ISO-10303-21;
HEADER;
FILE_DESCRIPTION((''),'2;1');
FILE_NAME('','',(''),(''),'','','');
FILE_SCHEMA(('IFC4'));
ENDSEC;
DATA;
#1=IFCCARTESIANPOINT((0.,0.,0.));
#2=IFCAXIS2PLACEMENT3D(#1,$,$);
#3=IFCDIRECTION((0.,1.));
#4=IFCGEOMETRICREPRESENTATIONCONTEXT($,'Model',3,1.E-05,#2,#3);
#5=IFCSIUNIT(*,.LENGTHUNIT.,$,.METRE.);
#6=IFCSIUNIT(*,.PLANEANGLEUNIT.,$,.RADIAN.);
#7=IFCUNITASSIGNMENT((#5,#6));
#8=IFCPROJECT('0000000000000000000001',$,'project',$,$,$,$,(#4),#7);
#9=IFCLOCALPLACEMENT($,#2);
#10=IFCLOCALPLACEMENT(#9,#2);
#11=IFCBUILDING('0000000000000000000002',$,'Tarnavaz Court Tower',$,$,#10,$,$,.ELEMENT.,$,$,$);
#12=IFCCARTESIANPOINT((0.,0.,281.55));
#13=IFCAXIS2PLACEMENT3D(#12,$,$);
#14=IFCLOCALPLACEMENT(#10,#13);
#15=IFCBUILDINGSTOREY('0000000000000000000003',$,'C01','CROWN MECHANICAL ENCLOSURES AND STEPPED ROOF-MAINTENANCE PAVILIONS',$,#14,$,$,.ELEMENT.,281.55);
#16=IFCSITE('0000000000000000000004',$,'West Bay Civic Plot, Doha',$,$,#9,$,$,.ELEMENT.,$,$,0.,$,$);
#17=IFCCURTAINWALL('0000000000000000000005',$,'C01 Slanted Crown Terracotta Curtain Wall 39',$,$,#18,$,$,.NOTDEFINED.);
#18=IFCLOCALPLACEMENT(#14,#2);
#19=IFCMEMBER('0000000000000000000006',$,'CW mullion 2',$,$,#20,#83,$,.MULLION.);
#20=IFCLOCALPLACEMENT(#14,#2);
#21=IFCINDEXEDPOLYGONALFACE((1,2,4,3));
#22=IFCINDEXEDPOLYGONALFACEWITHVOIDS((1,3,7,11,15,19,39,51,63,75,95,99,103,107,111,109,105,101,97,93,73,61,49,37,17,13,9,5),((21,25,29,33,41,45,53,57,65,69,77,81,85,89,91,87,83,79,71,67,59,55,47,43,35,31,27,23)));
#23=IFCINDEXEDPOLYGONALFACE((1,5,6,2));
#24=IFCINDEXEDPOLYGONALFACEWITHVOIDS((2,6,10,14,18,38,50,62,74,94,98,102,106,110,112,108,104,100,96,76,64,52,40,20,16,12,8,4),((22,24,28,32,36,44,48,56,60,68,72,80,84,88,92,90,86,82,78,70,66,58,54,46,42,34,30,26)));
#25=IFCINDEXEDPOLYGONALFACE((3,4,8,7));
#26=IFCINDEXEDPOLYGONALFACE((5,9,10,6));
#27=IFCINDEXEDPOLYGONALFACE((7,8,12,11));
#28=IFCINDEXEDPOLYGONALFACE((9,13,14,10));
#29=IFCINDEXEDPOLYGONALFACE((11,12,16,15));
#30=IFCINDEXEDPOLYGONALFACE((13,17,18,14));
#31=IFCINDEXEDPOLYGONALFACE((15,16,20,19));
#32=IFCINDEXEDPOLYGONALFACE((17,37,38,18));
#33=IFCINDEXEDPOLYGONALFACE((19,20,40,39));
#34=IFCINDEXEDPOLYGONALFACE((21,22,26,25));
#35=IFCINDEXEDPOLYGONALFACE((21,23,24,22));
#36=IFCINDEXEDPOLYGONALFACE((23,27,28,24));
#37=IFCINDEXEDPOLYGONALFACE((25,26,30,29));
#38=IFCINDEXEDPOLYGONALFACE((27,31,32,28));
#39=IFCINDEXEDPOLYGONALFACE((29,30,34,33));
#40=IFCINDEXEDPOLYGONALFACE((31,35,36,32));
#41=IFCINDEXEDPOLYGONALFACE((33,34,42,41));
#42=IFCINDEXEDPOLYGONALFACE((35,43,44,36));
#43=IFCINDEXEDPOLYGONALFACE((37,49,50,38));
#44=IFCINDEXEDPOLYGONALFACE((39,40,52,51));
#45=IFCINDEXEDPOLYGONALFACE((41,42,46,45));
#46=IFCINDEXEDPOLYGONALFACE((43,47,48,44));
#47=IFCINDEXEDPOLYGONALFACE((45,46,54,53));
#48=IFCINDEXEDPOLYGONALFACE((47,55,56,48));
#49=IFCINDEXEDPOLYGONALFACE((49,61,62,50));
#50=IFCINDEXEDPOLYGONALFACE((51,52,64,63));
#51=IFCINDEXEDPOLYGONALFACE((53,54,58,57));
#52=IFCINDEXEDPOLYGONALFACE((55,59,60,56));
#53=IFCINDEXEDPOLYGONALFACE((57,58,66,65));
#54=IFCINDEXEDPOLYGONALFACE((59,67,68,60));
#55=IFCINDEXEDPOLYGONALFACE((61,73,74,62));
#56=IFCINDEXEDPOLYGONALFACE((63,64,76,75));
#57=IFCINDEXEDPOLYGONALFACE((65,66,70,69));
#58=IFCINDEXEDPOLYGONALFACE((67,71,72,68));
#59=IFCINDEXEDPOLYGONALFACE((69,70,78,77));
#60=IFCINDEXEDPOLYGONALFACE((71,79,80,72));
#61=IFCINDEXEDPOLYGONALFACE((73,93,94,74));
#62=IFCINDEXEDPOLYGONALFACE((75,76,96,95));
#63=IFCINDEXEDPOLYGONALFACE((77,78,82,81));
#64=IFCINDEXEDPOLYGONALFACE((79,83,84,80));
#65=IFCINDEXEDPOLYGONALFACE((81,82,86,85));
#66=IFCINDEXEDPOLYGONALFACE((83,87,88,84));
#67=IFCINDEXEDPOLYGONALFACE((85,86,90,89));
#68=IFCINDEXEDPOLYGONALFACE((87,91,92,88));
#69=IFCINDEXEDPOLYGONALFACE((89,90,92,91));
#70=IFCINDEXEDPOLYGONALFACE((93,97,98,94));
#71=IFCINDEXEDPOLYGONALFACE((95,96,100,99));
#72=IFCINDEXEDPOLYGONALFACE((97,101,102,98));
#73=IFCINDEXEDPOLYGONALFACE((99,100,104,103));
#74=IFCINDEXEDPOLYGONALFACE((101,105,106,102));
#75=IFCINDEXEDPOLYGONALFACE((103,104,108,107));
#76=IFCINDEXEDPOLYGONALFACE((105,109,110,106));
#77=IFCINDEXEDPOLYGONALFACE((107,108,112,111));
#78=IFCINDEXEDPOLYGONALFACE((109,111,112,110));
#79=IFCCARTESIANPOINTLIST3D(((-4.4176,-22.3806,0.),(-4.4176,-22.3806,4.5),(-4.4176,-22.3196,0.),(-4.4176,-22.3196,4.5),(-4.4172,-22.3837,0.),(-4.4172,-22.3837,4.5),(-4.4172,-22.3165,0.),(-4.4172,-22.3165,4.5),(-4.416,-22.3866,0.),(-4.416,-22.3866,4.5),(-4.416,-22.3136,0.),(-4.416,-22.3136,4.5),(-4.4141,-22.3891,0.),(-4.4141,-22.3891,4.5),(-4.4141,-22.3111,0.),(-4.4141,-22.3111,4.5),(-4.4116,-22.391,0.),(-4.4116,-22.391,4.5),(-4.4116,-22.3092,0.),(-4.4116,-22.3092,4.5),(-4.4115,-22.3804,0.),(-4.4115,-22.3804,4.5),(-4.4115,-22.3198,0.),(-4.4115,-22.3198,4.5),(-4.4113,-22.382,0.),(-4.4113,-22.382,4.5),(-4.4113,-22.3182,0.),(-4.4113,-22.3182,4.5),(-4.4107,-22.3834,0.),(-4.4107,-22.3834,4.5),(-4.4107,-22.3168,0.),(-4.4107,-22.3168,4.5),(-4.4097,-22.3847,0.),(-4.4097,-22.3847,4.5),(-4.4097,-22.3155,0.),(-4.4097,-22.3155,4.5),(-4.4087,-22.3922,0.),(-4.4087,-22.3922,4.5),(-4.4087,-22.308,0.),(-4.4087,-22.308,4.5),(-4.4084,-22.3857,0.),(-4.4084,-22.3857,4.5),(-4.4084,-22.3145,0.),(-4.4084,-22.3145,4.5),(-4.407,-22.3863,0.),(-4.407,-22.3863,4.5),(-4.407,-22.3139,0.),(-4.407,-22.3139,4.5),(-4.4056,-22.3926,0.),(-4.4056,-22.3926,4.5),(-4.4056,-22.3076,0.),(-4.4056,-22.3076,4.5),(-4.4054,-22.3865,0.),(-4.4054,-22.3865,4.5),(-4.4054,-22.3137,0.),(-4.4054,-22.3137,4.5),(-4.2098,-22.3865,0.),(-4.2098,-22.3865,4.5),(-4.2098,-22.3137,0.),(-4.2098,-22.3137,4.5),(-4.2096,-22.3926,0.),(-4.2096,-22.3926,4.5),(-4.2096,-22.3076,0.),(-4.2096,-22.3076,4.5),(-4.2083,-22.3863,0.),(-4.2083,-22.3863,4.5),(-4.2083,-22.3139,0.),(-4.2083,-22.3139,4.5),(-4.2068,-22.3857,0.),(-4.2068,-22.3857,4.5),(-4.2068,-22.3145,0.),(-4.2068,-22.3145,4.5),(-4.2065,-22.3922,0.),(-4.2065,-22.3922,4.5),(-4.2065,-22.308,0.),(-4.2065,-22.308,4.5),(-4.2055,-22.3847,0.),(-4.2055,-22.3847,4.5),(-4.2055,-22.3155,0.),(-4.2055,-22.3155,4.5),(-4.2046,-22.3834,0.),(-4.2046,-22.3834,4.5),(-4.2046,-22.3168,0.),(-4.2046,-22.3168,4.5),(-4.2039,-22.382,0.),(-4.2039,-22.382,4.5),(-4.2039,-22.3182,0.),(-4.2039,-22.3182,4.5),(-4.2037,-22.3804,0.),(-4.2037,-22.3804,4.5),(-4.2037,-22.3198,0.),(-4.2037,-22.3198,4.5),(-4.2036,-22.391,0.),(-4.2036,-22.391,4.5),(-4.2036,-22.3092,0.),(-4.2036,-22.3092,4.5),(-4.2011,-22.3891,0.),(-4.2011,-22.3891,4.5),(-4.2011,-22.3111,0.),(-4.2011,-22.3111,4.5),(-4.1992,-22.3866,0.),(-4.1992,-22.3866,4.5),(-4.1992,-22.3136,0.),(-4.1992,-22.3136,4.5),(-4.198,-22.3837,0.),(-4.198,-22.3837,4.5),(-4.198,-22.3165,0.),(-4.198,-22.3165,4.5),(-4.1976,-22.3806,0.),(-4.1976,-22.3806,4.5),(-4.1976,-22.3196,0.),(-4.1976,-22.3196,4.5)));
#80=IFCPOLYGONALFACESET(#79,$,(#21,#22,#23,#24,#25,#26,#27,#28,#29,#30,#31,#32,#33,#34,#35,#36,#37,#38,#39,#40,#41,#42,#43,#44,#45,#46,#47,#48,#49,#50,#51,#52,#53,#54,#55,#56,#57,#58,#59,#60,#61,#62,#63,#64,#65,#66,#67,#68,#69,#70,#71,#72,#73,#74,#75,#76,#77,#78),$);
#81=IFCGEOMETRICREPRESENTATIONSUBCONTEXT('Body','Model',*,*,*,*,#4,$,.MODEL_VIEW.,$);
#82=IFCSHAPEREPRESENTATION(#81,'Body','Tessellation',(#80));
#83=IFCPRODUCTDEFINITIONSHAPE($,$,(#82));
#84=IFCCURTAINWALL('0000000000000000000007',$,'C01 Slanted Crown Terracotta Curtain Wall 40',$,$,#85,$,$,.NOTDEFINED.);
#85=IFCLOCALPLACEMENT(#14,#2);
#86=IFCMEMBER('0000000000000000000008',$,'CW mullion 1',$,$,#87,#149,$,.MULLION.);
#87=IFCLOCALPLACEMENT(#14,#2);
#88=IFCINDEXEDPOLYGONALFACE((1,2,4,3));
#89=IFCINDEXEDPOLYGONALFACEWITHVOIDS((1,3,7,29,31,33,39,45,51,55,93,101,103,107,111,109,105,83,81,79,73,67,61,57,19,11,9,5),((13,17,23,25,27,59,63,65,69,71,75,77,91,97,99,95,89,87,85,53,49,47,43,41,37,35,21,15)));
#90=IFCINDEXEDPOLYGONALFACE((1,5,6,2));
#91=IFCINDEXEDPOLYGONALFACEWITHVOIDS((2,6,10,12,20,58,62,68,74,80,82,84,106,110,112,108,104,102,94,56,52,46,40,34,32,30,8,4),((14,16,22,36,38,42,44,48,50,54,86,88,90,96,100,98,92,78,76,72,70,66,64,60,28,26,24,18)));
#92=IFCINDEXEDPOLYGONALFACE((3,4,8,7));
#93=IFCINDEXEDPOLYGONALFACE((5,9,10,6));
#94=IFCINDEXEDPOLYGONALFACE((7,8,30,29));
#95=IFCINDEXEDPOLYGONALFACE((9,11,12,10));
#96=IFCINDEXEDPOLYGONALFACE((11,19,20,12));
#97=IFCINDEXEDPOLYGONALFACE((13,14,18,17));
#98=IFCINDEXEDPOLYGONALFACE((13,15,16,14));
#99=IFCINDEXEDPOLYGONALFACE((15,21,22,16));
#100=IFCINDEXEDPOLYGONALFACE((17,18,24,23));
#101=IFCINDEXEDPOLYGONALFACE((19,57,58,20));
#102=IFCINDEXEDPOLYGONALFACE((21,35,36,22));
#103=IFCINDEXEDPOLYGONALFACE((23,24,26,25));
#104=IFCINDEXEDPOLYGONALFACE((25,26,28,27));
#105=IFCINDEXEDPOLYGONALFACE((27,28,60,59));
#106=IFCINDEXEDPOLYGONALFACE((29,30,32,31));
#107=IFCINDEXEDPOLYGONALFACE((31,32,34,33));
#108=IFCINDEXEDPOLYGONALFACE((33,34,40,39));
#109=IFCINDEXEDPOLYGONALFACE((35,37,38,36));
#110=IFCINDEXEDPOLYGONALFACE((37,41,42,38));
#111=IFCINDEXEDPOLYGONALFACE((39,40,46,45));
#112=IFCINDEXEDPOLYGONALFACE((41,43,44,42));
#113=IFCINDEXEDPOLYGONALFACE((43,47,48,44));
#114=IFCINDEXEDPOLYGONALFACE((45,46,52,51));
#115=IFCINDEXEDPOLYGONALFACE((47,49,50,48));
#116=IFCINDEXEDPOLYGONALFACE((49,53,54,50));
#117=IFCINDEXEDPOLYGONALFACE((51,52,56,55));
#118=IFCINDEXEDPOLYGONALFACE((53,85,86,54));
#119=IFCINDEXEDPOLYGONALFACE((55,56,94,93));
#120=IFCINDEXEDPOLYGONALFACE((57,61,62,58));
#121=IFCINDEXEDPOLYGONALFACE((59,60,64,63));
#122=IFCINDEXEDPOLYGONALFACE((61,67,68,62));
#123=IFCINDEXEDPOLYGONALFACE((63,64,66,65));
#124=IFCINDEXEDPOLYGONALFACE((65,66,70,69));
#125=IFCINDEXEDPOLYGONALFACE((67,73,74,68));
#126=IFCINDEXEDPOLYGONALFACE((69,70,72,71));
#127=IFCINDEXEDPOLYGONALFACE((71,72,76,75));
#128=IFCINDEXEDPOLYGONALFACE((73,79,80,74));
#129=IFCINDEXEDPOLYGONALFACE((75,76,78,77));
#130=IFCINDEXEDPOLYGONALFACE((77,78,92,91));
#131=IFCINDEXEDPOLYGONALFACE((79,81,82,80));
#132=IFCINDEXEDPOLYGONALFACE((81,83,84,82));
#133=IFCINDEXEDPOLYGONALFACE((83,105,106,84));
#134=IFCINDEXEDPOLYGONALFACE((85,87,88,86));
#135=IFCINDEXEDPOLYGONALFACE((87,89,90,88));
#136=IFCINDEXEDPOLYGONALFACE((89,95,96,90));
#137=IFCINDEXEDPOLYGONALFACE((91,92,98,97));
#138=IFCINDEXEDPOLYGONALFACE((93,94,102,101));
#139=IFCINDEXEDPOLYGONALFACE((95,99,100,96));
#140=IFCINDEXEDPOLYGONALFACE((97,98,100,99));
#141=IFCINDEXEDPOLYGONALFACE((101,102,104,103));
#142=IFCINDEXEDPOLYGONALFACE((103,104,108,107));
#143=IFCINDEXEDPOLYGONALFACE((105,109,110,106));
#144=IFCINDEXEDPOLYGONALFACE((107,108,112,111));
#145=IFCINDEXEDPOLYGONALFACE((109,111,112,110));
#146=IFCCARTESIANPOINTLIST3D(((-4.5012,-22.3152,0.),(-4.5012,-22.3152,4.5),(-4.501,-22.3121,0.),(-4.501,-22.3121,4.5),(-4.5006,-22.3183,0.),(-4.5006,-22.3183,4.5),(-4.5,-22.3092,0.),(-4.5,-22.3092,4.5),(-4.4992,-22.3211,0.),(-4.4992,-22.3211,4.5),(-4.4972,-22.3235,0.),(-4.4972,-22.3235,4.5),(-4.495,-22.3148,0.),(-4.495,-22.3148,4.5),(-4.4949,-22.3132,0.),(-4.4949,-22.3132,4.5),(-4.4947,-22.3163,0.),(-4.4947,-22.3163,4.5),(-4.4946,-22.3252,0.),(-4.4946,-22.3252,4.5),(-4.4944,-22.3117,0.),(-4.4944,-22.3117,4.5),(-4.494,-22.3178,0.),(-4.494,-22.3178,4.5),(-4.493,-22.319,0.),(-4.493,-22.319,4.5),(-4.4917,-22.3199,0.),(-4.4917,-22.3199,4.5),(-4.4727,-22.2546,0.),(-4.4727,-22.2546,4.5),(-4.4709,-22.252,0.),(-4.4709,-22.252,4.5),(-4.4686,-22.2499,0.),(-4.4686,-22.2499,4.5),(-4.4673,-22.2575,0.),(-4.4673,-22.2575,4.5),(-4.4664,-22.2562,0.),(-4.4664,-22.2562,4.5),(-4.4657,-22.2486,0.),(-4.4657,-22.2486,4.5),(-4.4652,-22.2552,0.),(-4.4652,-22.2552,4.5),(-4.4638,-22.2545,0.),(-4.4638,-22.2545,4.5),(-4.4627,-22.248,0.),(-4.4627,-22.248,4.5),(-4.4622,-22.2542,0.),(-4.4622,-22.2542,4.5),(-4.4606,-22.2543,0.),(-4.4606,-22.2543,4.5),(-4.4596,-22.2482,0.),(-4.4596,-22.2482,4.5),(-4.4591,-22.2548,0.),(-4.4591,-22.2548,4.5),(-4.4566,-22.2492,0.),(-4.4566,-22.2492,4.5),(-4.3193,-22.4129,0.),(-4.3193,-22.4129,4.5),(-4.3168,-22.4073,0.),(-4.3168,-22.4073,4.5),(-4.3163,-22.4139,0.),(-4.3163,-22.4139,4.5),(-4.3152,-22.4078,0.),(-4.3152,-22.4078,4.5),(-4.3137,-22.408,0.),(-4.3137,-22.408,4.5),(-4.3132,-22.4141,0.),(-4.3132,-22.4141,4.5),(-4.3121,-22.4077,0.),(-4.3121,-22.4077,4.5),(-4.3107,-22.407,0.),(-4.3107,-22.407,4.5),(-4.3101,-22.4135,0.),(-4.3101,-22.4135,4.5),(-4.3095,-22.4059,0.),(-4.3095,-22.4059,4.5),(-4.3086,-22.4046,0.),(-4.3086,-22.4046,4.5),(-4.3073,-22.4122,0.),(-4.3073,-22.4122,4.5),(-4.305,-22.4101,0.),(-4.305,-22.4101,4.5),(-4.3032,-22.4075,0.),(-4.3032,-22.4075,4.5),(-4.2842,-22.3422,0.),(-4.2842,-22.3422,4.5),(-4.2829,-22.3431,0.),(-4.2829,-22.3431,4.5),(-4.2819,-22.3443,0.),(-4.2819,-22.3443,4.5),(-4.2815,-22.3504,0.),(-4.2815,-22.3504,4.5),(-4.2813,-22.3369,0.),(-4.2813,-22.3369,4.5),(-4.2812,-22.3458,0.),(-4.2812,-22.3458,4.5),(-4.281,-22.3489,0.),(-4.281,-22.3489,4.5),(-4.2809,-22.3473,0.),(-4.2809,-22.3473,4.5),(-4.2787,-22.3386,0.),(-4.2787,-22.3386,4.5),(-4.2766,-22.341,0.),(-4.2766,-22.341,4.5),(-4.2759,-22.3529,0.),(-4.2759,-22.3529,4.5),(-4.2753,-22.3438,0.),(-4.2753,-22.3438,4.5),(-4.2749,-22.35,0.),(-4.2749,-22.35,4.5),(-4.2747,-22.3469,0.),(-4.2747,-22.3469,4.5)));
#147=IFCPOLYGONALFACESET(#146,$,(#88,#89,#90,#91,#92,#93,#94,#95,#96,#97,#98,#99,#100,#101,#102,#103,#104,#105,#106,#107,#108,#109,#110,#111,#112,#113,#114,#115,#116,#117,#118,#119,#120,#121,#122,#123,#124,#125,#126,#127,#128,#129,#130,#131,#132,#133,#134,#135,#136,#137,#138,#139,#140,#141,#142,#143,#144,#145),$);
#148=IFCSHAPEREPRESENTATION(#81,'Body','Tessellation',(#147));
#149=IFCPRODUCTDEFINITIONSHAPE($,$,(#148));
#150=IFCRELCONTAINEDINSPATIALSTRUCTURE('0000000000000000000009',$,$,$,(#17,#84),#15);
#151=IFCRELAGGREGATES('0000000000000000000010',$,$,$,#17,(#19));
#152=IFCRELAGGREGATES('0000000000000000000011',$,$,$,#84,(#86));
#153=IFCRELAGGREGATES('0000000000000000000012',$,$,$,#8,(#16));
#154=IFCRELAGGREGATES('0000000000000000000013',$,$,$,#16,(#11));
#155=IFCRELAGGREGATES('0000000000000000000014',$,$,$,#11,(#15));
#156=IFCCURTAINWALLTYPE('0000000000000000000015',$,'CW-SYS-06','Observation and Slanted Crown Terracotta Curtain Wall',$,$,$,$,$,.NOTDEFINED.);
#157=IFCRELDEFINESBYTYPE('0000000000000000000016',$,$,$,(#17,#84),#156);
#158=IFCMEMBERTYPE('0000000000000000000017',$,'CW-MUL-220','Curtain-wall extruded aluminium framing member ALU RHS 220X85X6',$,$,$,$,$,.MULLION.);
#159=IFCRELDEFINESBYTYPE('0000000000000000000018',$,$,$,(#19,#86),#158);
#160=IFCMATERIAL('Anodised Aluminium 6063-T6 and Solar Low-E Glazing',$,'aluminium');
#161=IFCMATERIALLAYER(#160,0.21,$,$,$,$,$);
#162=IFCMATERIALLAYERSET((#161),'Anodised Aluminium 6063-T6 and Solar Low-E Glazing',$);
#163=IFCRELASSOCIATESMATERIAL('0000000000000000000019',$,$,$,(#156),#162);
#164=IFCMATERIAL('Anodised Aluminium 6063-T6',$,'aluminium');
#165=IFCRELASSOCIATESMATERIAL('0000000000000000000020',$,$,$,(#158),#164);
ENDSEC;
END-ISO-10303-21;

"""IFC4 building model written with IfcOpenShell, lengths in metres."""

from ifc_helpers import new_model, si_unit, direction, frame, origin, origin_2d, place, context, subcontext, project, spatial, hollow_rectangle, extrude, material, layer, layer_set, material_profile, profile_set, type_object, element, aggregate, save


model = new_model("IFC4")

# Units and contexts
model_context = context("Model", 3, precision=1e-05, world=origin(), true_north=direction((0.0, 1.0)))
body_context = subcontext(model_context, "Body", "Model", "MODEL_VIEW")
ifc_project = project(units=[si_unit("LENGTHUNIT", "METRE"), si_unit("PLANEANGLEUNIT", "RADIAN")], contexts=[model_context])

# Site, building, storey
site_placement = place(None, origin())
site = spatial("IfcSite", under=ifc_project, at=site_placement, Name="West Bay Civic Plot, Doha", CompositionType="ELEMENT", RefElevation=0.0)
building_placement = place(site_placement, origin())
building = spatial("IfcBuilding", under=site, at=building_placement, Name="Tarnavaz Court Tower", CompositionType="ELEMENT")
storey_placement = place(building_placement, frame((0.0, 0.0, 281.55)))
storey = spatial("IfcBuildingStorey", under=building, at=storey_placement, Name="C01", Description="CROWN MECHANICAL ENCLOSURES AND STEPPED ROOF-MAINTENANCE PAVILIONS", CompositionType="ELEMENT", Elevation=281.55)

# Shared definitions
ifc_material_1 = material(Name="Anodised Aluminium 6063-T6 and Solar Low-E Glazing", Category="aluminium")
ifc_layer_1 = layer(ifc_material_1, 0.21)
ifc_layer_set_1 = layer_set([ifc_layer_1], Name="Anodised Aluminium 6063-T6 and Solar Low-E Glazing")
curtain_wall_type = type_object("IfcCurtainWallType", Name="CW-SYS-06", Description="Observation and Slanted Crown Terracotta Curtain Wall", PredefinedType="NOTDEFINED", material=ifc_layer_set_1)
ifc_material_2 = material(Name="Anodised Aluminium 6063-T6", Category="aluminium")
ifc_material_profile_1 = material_profile(ifc_material_2, hollow_rectangle(XDim=0.085, YDim=0.22, WallThickness=0.0061, InnerFilletRadius=0.0061, OuterFilletRadius=0.012, at=origin_2d()), Name="ALU RHS 220X85X6")
ifc_profile_set_1 = profile_set([ifc_material_profile_1], Name="Anodised Aluminium 6063-T6")
member_type_1 = type_object("IfcMemberType", Name="CW-MUL-220", Description="Curtain-wall extruded aluminium framing member ALU RHS 220X85X6", PredefinedType="MULLION", material=ifc_profile_set_1)

# Curtain wall, member
curtain_wall_1_placement = place(storey_placement, origin())
curtain_wall_1 = element("IfcCurtainWall", 1, at=curtain_wall_1_placement, inside=storey, type_object=curtain_wall_type, Name="C01 Slanted Crown Terracotta Curtain Wall 39", PredefinedType="NOTDEFINED")
member_1_placement = place(storey_placement, frame((-4.3076, -22.3501, 0.0), z_axis=(0.0, 0.0, 1.0), x_axis=(0.0, -1.0, 0.0)))
member_1 = element("IfcMember", 2, at=member_1_placement, type_object=member_type_1, Name="CW mullion 2", PredefinedType="MULLION", context=body_context, shape_type="SweptSolid", body=[
    extrude(hollow_rectangle(XDim=0.085, YDim=0.22, WallThickness=0.0061, InnerFilletRadius=0.0061, OuterFilletRadius=0.012, at=origin_2d()), origin(), (0.0, 0.0, 1.0), 4.5),
])
aggregate(curtain_wall_1, [member_1])

# Curtain wall, member
curtain_wall_2_placement = place(storey_placement, origin())
curtain_wall_2 = element("IfcCurtainWall", 3, at=curtain_wall_2_placement, inside=storey, type_object=curtain_wall_type, Name="C01 Slanted Crown Terracotta Curtain Wall 40", PredefinedType="NOTDEFINED")
member_2_placement = place(storey_placement, frame((-4.3879, -22.3311, 0.0), z_axis=(0.0, 0.0, 1.0), x_axis=(-0.447214, -0.894427, 0.0)))
member_2 = element("IfcMember", 4, at=member_2_placement, type_object=member_type_1, Name="CW mullion 1", PredefinedType="MULLION", context=body_context, shape_type="SweptSolid", body=[
    extrude(hollow_rectangle(XDim=0.085, YDim=0.22, WallThickness=0.0061, InnerFilletRadius=0.0061, OuterFilletRadius=0.012, at=origin_2d()), origin(), (0.0, 0.0, 1.0), 4.5),
])

aggregate(curtain_wall_2, [member_2])

save(model, "model.ifc")
